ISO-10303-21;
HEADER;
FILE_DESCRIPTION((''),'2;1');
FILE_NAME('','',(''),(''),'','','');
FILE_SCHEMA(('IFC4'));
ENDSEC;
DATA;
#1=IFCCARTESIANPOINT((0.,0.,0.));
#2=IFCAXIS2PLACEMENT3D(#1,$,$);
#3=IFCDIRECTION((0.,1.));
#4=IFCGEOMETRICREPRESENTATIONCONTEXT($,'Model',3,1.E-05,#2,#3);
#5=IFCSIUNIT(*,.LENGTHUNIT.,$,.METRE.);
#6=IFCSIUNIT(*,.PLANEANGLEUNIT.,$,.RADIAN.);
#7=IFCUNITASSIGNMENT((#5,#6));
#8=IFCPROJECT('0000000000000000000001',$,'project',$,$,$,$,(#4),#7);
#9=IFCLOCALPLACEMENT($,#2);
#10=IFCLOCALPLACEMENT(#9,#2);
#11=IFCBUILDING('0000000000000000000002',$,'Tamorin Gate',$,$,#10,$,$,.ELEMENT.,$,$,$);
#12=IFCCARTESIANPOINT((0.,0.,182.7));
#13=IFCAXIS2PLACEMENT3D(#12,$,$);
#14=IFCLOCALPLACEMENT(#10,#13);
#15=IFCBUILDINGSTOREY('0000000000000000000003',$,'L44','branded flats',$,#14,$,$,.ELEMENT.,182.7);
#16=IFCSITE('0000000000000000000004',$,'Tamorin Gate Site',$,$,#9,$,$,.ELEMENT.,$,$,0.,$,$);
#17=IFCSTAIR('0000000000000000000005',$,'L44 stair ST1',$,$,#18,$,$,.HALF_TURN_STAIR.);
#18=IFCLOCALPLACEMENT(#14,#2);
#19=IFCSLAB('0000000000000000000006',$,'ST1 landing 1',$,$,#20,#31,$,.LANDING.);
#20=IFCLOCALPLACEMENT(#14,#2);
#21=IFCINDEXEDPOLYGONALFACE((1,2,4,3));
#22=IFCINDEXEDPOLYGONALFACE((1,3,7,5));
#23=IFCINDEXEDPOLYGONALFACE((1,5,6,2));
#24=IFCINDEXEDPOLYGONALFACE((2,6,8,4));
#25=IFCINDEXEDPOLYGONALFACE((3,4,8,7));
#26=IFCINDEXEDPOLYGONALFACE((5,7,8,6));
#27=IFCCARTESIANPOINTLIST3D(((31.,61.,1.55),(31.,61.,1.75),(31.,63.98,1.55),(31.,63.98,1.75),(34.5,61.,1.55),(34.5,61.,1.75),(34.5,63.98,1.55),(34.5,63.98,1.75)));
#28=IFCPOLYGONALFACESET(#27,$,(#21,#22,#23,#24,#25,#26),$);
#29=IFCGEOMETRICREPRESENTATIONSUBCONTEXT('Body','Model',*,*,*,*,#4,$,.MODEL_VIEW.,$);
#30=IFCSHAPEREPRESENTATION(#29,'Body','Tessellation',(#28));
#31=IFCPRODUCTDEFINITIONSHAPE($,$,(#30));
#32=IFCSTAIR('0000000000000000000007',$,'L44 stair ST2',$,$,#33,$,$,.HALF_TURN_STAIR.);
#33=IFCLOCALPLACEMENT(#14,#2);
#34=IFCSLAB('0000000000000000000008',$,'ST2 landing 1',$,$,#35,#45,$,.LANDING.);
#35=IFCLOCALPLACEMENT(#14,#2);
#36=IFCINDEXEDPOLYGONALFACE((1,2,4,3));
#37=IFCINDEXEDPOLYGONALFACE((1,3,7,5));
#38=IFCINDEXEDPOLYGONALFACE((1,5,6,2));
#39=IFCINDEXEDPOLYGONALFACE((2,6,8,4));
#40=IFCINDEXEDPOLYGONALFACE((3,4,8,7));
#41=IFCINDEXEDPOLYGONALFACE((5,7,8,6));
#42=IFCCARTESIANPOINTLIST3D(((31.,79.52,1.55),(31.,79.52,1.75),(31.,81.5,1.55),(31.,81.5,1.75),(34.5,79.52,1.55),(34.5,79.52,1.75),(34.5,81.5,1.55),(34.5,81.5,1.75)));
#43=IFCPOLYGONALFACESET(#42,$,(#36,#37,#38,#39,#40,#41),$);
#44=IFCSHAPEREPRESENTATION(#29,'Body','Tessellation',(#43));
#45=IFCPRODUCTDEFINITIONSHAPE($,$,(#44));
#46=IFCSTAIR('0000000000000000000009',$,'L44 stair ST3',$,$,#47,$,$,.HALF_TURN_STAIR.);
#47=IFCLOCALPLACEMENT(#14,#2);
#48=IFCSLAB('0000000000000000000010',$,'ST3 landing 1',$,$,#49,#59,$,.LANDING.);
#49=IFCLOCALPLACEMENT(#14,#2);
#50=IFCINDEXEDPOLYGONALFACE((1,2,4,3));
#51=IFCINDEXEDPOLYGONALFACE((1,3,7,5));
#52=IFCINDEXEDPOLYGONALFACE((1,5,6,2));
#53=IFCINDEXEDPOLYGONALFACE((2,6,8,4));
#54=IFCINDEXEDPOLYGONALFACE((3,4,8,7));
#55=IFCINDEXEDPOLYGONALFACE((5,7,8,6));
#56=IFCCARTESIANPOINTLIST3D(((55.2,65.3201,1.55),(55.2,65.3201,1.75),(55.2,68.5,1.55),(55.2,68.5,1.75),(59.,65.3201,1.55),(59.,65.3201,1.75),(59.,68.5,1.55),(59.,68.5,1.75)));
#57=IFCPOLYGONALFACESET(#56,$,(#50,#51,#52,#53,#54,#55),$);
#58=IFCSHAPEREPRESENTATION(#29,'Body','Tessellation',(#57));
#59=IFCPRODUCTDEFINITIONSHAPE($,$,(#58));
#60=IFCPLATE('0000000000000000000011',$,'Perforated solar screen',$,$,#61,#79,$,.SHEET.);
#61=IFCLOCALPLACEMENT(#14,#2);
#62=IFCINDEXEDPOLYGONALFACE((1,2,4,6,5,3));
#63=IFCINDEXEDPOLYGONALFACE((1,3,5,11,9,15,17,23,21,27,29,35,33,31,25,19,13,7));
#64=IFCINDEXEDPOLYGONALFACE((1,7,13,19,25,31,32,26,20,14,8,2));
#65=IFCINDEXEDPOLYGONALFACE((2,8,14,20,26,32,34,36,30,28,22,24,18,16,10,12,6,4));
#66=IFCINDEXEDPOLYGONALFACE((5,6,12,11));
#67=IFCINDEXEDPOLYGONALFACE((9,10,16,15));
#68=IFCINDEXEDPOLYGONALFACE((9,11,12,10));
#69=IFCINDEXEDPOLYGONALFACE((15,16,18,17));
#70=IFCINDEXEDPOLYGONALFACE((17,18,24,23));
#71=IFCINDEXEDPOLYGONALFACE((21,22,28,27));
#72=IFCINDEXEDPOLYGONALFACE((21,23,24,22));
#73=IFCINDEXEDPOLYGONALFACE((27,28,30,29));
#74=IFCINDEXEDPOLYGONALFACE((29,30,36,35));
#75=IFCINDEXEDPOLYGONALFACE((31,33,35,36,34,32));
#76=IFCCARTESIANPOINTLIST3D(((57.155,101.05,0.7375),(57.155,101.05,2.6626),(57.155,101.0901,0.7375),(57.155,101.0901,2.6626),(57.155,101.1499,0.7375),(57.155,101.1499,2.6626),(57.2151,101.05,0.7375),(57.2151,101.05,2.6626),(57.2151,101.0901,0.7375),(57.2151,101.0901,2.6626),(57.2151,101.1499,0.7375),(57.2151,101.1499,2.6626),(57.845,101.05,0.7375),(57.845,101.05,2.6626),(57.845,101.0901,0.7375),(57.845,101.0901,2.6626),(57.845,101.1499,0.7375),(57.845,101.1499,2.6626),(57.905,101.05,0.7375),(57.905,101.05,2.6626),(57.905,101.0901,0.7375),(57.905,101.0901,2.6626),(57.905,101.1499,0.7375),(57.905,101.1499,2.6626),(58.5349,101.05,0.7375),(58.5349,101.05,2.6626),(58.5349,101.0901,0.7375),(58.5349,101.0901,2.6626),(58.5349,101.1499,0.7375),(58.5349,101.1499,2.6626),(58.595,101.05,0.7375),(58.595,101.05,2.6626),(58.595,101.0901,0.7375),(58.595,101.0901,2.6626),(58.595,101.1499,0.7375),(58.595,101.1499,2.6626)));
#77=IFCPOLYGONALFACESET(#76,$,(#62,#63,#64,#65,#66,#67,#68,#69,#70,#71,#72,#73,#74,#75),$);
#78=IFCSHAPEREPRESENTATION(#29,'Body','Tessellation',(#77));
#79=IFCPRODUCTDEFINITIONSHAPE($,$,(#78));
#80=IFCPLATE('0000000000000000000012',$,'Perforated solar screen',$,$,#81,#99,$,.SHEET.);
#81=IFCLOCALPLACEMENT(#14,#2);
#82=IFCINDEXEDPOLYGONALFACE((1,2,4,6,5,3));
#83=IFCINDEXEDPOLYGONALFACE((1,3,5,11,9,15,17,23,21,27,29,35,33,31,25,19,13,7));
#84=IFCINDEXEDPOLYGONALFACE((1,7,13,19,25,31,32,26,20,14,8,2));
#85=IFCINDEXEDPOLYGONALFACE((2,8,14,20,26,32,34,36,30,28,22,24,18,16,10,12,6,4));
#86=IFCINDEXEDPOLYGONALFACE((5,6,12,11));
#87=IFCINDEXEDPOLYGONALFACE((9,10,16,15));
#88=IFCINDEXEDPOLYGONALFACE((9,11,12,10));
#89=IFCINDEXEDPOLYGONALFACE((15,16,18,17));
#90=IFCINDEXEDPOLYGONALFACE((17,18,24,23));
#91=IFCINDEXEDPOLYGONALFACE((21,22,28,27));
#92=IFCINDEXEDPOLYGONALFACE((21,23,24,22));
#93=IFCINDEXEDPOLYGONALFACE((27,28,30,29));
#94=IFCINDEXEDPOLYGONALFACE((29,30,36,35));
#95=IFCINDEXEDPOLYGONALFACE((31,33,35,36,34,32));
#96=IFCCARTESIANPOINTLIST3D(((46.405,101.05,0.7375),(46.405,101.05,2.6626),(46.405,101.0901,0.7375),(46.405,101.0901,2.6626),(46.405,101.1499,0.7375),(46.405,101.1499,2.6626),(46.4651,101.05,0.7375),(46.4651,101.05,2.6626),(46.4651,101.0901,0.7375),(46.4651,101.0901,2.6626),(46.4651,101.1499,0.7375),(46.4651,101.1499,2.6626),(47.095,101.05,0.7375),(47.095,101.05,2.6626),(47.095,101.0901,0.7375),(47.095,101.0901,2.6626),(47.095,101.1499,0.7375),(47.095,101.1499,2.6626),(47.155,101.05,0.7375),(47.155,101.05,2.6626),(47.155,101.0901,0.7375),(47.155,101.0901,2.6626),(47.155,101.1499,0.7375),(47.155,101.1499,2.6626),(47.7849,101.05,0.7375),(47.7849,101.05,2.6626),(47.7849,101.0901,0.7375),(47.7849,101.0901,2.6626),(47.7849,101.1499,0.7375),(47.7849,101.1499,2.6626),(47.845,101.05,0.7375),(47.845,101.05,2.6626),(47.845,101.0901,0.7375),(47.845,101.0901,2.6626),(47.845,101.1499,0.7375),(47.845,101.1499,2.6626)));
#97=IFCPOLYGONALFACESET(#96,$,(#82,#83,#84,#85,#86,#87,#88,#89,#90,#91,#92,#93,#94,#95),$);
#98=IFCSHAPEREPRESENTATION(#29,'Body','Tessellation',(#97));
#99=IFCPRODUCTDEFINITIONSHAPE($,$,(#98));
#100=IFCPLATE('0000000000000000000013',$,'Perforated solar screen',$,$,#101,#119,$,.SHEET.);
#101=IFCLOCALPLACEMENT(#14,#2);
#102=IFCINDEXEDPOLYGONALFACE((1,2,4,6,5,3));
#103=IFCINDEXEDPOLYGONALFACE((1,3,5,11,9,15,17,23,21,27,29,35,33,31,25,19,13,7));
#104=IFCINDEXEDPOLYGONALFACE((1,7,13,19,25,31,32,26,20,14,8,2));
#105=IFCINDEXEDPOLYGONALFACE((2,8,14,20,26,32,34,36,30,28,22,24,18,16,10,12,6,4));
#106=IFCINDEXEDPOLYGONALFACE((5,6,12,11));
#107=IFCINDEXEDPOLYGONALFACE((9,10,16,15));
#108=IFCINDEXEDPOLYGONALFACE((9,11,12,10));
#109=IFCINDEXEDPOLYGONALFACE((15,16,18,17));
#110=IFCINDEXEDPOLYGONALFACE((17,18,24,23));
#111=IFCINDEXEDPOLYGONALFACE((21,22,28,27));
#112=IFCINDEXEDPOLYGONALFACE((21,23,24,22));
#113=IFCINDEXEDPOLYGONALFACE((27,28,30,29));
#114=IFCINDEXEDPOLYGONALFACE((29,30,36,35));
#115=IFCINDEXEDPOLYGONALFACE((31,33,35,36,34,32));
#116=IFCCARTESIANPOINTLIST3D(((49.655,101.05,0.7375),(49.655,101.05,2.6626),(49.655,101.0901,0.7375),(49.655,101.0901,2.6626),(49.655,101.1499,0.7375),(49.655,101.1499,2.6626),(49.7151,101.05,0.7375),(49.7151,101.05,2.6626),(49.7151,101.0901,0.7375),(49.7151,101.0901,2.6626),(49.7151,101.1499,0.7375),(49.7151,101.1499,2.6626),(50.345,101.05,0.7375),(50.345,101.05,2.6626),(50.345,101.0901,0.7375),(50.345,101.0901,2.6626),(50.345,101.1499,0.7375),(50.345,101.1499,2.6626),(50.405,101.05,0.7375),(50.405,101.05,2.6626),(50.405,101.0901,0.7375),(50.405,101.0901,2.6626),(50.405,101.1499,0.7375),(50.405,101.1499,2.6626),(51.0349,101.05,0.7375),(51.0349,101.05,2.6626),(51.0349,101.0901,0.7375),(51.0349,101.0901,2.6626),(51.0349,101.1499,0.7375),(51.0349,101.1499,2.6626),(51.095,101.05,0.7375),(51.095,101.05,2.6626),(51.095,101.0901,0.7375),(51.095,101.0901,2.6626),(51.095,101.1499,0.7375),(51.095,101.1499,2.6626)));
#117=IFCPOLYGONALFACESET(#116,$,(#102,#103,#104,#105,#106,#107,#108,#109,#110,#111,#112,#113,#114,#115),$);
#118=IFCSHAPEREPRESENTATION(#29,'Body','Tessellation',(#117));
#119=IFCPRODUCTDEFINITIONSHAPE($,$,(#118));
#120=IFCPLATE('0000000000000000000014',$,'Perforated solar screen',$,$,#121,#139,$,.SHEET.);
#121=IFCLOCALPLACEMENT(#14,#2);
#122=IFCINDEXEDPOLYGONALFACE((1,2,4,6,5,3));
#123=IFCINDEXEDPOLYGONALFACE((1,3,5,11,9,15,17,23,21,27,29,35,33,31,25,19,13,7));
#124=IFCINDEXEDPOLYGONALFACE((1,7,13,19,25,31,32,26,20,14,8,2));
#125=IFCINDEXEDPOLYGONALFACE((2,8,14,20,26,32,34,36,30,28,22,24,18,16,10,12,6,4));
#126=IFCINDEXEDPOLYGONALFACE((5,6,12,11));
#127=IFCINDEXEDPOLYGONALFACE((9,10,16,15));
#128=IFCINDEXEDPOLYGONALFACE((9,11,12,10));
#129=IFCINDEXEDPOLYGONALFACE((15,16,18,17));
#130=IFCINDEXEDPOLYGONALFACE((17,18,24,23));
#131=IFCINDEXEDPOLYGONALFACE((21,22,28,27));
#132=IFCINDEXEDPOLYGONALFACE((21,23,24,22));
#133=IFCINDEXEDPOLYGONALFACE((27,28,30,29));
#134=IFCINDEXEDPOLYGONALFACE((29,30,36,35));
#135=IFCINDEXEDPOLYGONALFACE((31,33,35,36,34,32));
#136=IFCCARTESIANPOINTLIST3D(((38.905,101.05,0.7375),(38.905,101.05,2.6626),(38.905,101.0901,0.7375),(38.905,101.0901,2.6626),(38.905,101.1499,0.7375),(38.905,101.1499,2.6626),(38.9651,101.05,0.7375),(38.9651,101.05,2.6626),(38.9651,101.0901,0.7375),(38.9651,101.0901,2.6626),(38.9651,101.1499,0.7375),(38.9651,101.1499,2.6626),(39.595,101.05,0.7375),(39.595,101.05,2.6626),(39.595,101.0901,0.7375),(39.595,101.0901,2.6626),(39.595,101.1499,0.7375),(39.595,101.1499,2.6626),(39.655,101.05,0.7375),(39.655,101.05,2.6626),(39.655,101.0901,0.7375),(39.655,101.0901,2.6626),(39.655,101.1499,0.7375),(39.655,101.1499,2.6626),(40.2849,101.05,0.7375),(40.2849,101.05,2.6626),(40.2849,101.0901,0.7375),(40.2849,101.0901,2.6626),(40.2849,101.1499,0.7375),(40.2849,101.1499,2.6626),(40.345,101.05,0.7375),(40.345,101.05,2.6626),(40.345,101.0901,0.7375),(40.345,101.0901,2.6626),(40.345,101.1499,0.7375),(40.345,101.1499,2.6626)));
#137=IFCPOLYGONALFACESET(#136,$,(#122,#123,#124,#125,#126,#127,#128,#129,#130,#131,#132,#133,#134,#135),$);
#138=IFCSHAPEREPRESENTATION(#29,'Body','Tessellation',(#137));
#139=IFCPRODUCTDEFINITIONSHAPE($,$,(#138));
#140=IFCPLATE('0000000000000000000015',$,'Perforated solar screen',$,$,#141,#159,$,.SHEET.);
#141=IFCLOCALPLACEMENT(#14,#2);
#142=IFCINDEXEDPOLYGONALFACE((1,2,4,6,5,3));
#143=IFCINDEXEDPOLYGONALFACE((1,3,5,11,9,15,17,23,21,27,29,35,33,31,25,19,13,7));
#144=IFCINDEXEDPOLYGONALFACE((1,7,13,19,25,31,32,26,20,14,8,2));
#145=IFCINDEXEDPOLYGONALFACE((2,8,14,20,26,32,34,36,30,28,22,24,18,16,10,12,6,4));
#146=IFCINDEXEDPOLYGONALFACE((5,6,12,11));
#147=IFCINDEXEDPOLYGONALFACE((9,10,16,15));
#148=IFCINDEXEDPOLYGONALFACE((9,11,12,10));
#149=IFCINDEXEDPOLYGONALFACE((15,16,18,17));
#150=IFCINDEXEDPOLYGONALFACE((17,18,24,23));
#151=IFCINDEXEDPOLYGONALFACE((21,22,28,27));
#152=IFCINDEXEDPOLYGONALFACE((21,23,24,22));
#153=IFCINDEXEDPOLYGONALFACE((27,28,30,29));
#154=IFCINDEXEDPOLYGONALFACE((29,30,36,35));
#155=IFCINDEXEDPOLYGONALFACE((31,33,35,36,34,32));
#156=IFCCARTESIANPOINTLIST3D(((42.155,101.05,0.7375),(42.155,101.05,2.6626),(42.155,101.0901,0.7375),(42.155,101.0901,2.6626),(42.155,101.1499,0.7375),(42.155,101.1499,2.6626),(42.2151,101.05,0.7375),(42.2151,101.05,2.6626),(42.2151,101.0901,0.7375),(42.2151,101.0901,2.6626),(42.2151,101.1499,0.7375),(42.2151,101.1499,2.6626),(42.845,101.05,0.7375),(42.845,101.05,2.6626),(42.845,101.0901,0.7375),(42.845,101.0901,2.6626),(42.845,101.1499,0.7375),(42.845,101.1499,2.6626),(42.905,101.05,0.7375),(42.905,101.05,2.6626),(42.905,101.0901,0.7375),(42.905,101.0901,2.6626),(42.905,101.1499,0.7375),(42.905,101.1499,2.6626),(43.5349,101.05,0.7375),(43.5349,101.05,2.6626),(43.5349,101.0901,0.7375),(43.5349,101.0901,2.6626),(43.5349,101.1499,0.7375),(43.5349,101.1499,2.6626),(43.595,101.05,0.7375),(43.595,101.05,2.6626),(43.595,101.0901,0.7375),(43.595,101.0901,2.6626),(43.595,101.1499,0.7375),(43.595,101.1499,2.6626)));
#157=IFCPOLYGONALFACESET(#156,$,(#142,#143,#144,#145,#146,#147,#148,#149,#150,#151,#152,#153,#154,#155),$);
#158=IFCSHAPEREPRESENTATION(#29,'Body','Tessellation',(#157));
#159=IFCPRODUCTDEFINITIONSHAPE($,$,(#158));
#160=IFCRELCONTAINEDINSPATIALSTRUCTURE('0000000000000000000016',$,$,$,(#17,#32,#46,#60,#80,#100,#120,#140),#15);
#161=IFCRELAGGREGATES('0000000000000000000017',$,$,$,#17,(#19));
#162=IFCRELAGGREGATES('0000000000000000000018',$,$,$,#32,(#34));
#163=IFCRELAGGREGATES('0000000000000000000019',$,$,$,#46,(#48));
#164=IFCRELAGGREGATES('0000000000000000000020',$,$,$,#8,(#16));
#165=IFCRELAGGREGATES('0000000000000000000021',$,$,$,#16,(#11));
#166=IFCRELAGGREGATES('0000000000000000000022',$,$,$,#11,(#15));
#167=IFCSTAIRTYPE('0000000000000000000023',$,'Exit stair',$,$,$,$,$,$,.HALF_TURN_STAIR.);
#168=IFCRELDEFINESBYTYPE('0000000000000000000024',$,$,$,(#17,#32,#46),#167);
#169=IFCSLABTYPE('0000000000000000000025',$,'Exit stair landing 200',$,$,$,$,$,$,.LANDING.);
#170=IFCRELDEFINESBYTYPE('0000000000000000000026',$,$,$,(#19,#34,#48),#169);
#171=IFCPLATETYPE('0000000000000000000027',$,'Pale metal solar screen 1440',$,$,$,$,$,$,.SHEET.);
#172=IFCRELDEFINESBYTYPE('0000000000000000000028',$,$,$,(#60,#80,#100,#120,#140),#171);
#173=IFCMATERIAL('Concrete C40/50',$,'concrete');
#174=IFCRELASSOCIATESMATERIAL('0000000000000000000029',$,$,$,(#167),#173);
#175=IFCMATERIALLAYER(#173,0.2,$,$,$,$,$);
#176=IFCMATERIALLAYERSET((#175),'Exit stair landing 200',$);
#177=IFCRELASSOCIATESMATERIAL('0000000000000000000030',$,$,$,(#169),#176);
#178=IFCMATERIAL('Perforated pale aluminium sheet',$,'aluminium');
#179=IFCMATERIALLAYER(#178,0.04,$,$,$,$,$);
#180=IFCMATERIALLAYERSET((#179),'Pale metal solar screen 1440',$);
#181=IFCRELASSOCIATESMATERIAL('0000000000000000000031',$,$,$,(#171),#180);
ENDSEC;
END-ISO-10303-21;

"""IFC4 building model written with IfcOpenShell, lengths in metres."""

from ifc_helpers import new_model, si_unit, direction, frame, origin, place, context, subcontext, project, spatial, polyline, outline, extrude, material, layer, layer_set, type_object, element, aggregate, save


model = new_model("IFC4")

# Units and contexts
model_context = context("Model", 3, precision=1e-05, world=origin(), true_north=direction((0.0, 1.0)))
body_context = subcontext(model_context, "Body", "Model", "MODEL_VIEW")
ifc_project = project(units=[si_unit("LENGTHUNIT", "METRE"), si_unit("PLANEANGLEUNIT", "RADIAN")], contexts=[model_context])

# Site, building, storey
site_placement = place(None, origin())
site = spatial("IfcSite", under=ifc_project, at=site_placement, Name="Tamorin Gate Site", CompositionType="ELEMENT", RefElevation=0.0)
building_placement = place(site_placement, origin())
building = spatial("IfcBuilding", under=site, at=building_placement, Name="Tamorin Gate", CompositionType="ELEMENT")
storey_placement = place(building_placement, frame((0.0, 0.0, 182.7)))
storey = spatial("IfcBuildingStorey", under=building, at=storey_placement, Name="L44", Description="branded flats", CompositionType="ELEMENT", Elevation=182.7)

# Stairs, slabs
ifc_material_1 = material(Name="Concrete C40/50", Category="concrete")
stair_type = type_object("IfcStairType", Name="Exit stair", PredefinedType="HALF_TURN_STAIR", material=ifc_material_1)
stair_1_placement = place(storey_placement, origin())
stair_1 = element("IfcStair", 1, at=stair_1_placement, inside=storey, type_object=stair_type, Name="L44 stair ST1", PredefinedType="HALF_TURN_STAIR")
ifc_layer_1 = layer(ifc_material_1, 0.2)
ifc_layer_set_1 = layer_set([ifc_layer_1], Name="Exit stair landing 200")
slab_type = type_object("IfcSlabType", Name="Exit stair landing 200", PredefinedType="LANDING", material=ifc_layer_set_1)
slab_1_placement = place(storey_placement, frame((0.0, 0.0, 1.55)))
slab_1 = element("IfcSlab", 2, at=slab_1_placement, type_object=slab_type, Name="ST1 landing 1", PredefinedType="LANDING", context=body_context, shape_type="SweptSolid", body=[
    extrude(outline(polyline([(31.0, 63.98), (31.0, 61.0), (34.5, 61.0), (34.5, 63.98), (31.0, 63.98)])), origin(), (0.0, 0.0, 1.0), 0.2),
])
aggregate(stair_1, [slab_1])
stair_2_placement = place(storey_placement, origin())
stair_2 = element("IfcStair", 3, at=stair_2_placement, inside=storey, type_object=stair_type, Name="L44 stair ST2", PredefinedType="HALF_TURN_STAIR")
slab_2_placement = place(storey_placement, frame((0.0, 0.0, 1.55)))
slab_2 = element("IfcSlab", 4, at=slab_2_placement, type_object=slab_type, Name="ST2 landing 1", PredefinedType="LANDING", context=body_context, shape_type="SweptSolid", body=[
    extrude(outline(polyline([(34.5, 79.52), (34.5, 81.5), (31.0, 81.5), (31.0, 79.52), (34.5, 79.52)])), origin(), (0.0, 0.0, 1.0), 0.2),
])
aggregate(stair_2, [slab_2])
stair_3_placement = place(storey_placement, origin())
stair_3 = element("IfcStair", 5, at=stair_3_placement, inside=storey, type_object=stair_type, Name="L44 stair ST3", PredefinedType="HALF_TURN_STAIR")
slab_3_placement = place(storey_placement, frame((0.0, 0.0, 1.55)))
slab_3 = element("IfcSlab", 6, at=slab_3_placement, type_object=slab_type, Name="ST3 landing 1", PredefinedType="LANDING", context=body_context, shape_type="SweptSolid", body=[
    extrude(outline(polyline([(59.0, 65.3201), (59.0, 68.5), (55.2, 68.5), (55.2, 65.3201), (59.0, 65.3201)])), origin(), (0.0, 0.0, 1.0), 0.2),
])
aggregate(stair_3, [slab_3])

# Plates
ifc_material_2 = material(Name="Perforated pale aluminium sheet", Category="aluminium")
ifc_layer_2 = layer(ifc_material_2, 0.04)
ifc_layer_set_2 = layer_set([ifc_layer_2], Name="Pale metal solar screen 1440")
plate_type_1 = type_object("IfcPlateType", Name="Pale metal solar screen 1440", PredefinedType="SHEET", material=ifc_layer_set_2)
plate_1_placement = place(storey_placement, frame((0.0, 0.0, 0.7375)))
element("IfcPlate", 7, at=plate_1_placement, inside=storey, type_object=plate_type_1, Name="Perforated solar screen", PredefinedType="SHEET", context=body_context, shape_type="SweptSolid", body=[
    extrude(outline(polyline([(58.595, 101.0901), (58.595, 101.05), (58.5349, 101.05), (57.905, 101.05), (57.845, 101.05), (57.2151, 101.05), (57.155, 101.05), (57.155, 101.0901), (57.155, 101.1499), (57.2151, 101.1499), (57.2151, 101.0901), (57.845, 101.0901), (57.845, 101.1499), (57.905, 101.1499), (57.905, 101.0901), (58.5349, 101.0901), (58.5349, 101.1499), (58.595, 101.1499), (58.595, 101.0901)])), origin(), (0.0, 0.0, 1.0), 1.925),
])
plate_2_placement = place(storey_placement, frame((0.0, 0.0, 0.7375)))
element("IfcPlate", 8, at=plate_2_placement, inside=storey, type_object=plate_type_1, Name="Perforated solar screen", PredefinedType="SHEET", context=body_context, shape_type="SweptSolid", body=[
    extrude(outline(polyline([(47.845, 101.0901), (47.845, 101.05), (47.7849, 101.05), (47.155, 101.05), (47.095, 101.05), (46.4651, 101.05), (46.405, 101.05), (46.405, 101.0901), (46.405, 101.1499), (46.4651, 101.1499), (46.4651, 101.0901), (47.095, 101.0901), (47.095, 101.1499), (47.155, 101.1499), (47.155, 101.0901), (47.7849, 101.0901), (47.7849, 101.1499), (47.845, 101.1499), (47.845, 101.0901)])), origin(), (0.0, 0.0, 1.0), 1.925),
])
plate_3_placement = place(storey_placement, frame((0.0, 0.0, 0.7375)))
element("IfcPlate", 9, at=plate_3_placement, inside=storey, type_object=plate_type_1, Name="Perforated solar screen", PredefinedType="SHEET", context=body_context, shape_type="SweptSolid", body=[
    extrude(outline(polyline([(51.095, 101.0901), (51.095, 101.05), (51.0349, 101.05), (50.405, 101.05), (50.345, 101.05), (49.7151, 101.05), (49.655, 101.05), (49.655, 101.0901), (49.655, 101.1499), (49.7151, 101.1499), (49.7151, 101.0901), (50.345, 101.0901), (50.345, 101.1499), (50.405, 101.1499), (50.405, 101.0901), (51.0349, 101.0901), (51.0349, 101.1499), (51.095, 101.1499), (51.095, 101.0901)])), origin(), (0.0, 0.0, 1.0), 1.925),
])
plate_4_placement = place(storey_placement, frame((0.0, 0.0, 0.7375)))
element("IfcPlate", 10, at=plate_4_placement, inside=storey, type_object=plate_type_1, Name="Perforated solar screen", PredefinedType="SHEET", context=body_context, shape_type="SweptSolid", body=[
    extrude(outline(polyline([(40.345, 101.0901), (40.345, 101.05), (40.2849, 101.05), (39.655, 101.05), (39.595, 101.05), (38.9651, 101.05), (38.905, 101.05), (38.905, 101.0901), (38.905, 101.1499), (38.9651, 101.1499), (38.9651, 101.0901), (39.595, 101.0901), (39.595, 101.1499), (39.655, 101.1499), (39.655, 101.0901), (40.2849, 101.0901), (40.2849, 101.1499), (40.345, 101.1499), (40.345, 101.0901)])), origin(), (0.0, 0.0, 1.0), 1.925),
])
plate_5_placement = place(storey_placement, frame((0.0, 0.0, 0.7375)))
element("IfcPlate", 11, at=plate_5_placement, inside=storey, type_object=plate_type_1, Name="Perforated solar screen", PredefinedType="SHEET", context=body_context, shape_type="SweptSolid", body=[
    extrude(outline(polyline([(43.595, 101.0901), (43.595, 101.05), (43.5349, 101.05), (42.905, 101.05), (42.845, 101.05), (42.2151, 101.05), (42.155, 101.05), (42.155, 101.0901), (42.155, 101.1499), (42.2151, 101.1499), (42.2151, 101.0901), (42.845, 101.0901), (42.845, 101.1499), (42.905, 101.1499), (42.905, 101.0901), (43.5349, 101.0901), (43.5349, 101.1499), (43.595, 101.1499), (43.595, 101.0901)])), origin(), (0.0, 0.0, 1.0), 1.925),
])

save(model, "model.ifc")
